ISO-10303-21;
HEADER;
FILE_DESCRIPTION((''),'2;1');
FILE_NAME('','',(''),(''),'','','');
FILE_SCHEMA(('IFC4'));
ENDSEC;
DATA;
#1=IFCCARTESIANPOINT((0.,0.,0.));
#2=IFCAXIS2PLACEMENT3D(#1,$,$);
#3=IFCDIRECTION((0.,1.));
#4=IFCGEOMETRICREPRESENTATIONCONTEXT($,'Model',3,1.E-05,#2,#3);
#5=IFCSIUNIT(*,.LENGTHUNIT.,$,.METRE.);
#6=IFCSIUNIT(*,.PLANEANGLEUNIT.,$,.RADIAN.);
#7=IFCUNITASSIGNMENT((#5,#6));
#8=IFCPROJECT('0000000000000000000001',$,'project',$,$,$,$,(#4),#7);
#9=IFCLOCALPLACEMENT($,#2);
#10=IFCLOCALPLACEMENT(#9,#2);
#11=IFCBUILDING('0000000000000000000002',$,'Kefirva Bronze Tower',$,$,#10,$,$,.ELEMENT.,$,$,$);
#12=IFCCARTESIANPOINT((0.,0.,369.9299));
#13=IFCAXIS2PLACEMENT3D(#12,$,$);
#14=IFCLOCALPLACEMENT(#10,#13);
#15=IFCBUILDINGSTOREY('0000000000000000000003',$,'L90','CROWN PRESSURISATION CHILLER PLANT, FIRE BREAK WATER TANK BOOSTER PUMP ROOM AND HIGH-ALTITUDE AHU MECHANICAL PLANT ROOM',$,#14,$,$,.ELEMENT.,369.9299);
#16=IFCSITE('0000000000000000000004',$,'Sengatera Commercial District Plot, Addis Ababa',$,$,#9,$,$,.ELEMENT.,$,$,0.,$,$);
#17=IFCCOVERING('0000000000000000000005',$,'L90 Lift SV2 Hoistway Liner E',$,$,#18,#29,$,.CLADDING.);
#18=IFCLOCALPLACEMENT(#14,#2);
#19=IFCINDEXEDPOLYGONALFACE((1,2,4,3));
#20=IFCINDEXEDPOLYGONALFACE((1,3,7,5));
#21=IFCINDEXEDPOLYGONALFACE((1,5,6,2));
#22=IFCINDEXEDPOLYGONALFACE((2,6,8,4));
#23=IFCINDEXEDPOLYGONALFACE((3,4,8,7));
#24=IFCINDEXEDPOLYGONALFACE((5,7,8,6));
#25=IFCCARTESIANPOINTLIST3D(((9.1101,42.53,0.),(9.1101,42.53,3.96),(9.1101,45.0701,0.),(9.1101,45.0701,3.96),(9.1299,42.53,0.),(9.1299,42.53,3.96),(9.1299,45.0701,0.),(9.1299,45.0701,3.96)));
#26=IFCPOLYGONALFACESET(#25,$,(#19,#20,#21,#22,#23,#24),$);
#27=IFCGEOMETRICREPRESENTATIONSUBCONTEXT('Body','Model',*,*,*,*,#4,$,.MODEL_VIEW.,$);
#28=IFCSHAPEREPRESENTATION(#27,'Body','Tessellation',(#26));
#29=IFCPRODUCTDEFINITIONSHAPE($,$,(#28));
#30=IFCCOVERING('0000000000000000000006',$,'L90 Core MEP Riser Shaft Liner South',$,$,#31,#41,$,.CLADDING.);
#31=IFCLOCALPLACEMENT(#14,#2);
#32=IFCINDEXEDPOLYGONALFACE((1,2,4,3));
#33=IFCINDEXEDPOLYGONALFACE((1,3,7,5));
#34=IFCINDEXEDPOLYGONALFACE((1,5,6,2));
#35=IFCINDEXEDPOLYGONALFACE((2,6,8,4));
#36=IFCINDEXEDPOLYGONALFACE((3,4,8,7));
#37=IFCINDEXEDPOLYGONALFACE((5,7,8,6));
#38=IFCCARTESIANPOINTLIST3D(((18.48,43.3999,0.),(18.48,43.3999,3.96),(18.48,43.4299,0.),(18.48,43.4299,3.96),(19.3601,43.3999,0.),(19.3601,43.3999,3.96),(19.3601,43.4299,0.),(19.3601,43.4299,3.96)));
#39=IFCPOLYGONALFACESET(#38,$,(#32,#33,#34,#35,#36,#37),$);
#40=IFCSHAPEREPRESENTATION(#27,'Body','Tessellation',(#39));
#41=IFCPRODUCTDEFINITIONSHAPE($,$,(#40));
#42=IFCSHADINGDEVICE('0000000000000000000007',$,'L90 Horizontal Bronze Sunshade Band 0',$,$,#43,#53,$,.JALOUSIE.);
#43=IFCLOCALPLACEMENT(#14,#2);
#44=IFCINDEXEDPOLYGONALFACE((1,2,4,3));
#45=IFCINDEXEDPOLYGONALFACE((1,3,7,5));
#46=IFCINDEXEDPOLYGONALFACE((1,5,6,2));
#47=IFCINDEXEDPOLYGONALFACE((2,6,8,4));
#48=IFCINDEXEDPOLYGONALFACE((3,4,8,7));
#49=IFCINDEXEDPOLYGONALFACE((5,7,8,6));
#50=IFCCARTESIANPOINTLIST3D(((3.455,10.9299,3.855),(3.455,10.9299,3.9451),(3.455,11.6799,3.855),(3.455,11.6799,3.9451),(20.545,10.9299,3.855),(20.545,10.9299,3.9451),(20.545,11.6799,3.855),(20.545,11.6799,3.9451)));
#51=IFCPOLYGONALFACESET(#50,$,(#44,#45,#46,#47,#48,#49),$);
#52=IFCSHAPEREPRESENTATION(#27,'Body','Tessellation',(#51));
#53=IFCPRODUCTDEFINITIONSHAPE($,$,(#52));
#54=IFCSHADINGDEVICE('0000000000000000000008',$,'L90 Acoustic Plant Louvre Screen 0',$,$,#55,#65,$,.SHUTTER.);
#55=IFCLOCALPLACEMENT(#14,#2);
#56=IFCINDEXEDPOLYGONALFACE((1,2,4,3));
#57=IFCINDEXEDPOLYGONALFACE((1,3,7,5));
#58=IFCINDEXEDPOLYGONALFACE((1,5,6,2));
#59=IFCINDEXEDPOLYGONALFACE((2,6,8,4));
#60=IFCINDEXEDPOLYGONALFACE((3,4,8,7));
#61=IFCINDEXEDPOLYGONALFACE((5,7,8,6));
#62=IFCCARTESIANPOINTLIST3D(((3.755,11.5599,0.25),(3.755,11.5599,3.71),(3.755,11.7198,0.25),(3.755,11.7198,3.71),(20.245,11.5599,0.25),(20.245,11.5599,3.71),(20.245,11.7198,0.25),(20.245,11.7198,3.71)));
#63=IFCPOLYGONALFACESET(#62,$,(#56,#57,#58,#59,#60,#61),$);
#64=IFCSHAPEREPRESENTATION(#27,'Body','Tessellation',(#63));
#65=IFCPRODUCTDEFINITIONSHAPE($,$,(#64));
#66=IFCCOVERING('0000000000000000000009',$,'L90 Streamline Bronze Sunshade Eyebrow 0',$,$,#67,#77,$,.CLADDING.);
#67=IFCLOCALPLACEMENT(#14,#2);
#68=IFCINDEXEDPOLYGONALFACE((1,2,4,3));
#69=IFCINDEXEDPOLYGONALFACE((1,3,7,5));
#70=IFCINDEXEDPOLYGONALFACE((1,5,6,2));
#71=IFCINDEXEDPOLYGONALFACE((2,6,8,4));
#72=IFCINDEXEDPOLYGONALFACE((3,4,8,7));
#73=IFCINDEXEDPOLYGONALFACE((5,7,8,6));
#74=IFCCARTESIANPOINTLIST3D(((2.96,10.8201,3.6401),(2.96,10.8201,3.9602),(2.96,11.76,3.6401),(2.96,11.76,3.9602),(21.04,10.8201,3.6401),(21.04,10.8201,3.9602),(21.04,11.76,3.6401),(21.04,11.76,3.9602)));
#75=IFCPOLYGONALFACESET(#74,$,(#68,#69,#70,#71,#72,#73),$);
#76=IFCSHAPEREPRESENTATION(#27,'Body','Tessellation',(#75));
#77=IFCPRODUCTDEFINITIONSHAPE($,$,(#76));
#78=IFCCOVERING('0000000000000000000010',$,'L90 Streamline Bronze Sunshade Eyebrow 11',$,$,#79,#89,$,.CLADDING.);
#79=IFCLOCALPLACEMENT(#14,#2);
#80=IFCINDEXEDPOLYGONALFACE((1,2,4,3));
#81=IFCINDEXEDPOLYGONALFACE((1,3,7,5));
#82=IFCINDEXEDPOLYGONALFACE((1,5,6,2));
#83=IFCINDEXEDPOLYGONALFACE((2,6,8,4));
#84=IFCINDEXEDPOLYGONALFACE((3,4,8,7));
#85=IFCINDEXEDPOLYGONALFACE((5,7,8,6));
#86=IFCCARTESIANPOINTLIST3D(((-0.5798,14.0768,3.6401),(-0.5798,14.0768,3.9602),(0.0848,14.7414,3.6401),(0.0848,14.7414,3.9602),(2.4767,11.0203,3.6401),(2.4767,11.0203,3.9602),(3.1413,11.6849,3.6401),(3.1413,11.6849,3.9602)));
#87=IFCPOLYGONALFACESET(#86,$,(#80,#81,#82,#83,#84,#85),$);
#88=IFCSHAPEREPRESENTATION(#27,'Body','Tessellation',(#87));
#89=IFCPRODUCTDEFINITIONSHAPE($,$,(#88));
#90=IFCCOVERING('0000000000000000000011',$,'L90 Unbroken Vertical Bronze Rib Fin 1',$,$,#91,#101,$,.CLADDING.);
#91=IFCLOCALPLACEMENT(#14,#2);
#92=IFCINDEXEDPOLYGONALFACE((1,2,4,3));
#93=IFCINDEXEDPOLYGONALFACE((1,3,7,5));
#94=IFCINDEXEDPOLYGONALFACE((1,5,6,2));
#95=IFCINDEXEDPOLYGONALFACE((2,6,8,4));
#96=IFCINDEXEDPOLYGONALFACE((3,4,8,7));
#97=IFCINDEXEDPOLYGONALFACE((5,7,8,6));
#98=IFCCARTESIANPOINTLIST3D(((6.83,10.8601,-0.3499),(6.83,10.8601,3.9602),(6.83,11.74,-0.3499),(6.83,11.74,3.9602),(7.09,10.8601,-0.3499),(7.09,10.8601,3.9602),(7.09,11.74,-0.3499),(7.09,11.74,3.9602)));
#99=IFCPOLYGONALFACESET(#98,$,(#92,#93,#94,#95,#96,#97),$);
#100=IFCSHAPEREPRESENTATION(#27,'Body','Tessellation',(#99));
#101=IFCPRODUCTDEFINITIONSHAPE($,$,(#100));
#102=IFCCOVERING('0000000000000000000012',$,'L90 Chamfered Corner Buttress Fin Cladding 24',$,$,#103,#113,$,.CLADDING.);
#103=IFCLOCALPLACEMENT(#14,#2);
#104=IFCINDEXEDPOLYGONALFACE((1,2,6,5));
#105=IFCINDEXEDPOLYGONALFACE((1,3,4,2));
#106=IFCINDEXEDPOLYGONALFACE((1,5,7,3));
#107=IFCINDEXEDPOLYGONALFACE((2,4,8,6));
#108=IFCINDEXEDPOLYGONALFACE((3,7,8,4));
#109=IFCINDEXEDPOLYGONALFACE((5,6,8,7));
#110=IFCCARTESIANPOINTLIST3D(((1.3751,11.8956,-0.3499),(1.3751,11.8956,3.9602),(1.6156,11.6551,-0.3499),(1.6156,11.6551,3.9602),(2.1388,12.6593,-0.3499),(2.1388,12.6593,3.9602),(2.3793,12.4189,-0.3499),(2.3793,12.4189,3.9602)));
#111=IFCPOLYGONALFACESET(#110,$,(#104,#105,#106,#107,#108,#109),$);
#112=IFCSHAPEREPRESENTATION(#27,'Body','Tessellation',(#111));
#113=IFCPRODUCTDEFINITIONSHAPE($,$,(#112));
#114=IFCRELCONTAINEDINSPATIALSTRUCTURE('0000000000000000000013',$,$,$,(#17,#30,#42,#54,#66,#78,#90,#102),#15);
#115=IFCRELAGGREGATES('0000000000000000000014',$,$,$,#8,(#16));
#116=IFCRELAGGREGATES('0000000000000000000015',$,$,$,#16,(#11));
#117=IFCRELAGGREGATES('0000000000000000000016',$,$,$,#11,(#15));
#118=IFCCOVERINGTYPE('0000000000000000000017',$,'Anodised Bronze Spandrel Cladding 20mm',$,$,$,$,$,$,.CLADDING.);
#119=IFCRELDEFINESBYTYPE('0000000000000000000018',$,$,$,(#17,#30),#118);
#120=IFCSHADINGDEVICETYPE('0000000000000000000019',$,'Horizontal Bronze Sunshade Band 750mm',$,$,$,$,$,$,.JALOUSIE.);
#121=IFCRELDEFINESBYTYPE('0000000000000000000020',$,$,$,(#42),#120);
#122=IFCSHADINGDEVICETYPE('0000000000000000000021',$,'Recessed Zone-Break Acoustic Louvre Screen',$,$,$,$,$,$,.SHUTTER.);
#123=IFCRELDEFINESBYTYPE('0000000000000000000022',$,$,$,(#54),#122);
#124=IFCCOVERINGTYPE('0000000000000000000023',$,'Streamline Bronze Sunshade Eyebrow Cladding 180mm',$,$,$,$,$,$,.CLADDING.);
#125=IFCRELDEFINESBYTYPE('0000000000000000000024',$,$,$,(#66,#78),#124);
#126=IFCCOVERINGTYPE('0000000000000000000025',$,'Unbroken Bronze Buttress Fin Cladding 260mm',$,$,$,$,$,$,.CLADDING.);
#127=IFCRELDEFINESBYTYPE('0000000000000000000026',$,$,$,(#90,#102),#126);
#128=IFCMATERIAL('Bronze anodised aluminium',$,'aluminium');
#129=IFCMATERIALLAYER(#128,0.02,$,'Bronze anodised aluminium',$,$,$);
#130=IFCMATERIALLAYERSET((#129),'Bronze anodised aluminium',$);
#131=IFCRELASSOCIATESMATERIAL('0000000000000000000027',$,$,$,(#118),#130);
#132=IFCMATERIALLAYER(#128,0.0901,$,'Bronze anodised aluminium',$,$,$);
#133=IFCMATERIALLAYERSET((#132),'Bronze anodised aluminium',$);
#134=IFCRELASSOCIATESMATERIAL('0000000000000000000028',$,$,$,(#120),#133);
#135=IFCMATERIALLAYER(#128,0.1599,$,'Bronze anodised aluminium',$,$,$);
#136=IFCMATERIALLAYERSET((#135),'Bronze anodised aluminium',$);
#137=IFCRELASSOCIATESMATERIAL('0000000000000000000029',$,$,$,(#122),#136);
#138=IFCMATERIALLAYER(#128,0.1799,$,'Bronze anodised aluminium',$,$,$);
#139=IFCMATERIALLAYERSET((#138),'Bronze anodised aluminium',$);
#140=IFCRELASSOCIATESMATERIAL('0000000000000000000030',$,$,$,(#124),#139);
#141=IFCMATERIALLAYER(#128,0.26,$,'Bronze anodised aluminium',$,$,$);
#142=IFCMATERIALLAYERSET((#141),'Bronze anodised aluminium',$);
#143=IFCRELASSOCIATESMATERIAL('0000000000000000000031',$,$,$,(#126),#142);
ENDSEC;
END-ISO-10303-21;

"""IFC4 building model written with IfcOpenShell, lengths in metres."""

from ifc_helpers import new_model, si_unit, direction, frame, origin, origin_2d, place, context, subcontext, project, spatial, polyline, rectangle, outline, extrude, material, layer, layer_set, type_object, element, save


model = new_model("IFC4")

# Units and contexts
model_context = context("Model", 3, precision=1e-05, world=origin(), true_north=direction((0.0, 1.0)))
body_context = subcontext(model_context, "Body", "Model", "MODEL_VIEW")
ifc_project = project(units=[si_unit("LENGTHUNIT", "METRE"), si_unit("PLANEANGLEUNIT", "RADIAN")], contexts=[model_context])

# Site, building, storey
site_placement = place(None, origin())
site = spatial("IfcSite", under=ifc_project, at=site_placement, Name="Sengatera Commercial District Plot, Addis Ababa", CompositionType="ELEMENT", RefElevation=0.0)
building_placement = place(site_placement, origin())
building = spatial("IfcBuilding", under=site, at=building_placement, Name="Kefirva Bronze Tower", CompositionType="ELEMENT")
storey_placement = place(building_placement, frame((0.0, 0.0, 369.9299)))
storey = spatial("IfcBuildingStorey", under=building, at=storey_placement, Name="L90", Description="CROWN PRESSURISATION CHILLER PLANT, FIRE BREAK WATER TANK BOOSTER PUMP ROOM AND HIGH-ALTITUDE AHU MECHANICAL PLANT ROOM", CompositionType="ELEMENT", Elevation=369.9299)

# Shared definitions
ifc_material_1 = material(Name="Bronze anodised aluminium", Category="aluminium")

# Coverings
ifc_layer_1 = layer(ifc_material_1, 0.02, Name="Bronze anodised aluminium")
ifc_layer_set_1 = layer_set([ifc_layer_1], Name="Bronze anodised aluminium")
covering_type_1 = type_object("IfcCoveringType", Name="Anodised Bronze Spandrel Cladding 20mm", PredefinedType="CLADDING", material=ifc_layer_set_1)
covering_1_placement = place(storey_placement, origin())
element("IfcCovering", 1, at=covering_1_placement, inside=storey, type_object=covering_type_1, Name="L90 Lift SV2 Hoistway Liner E", PredefinedType="CLADDING", context=body_context, shape_type="SweptSolid", body=[
    extrude(outline(polyline([(9.1101, 42.53), (9.1299, 42.53), (9.1299, 45.0701), (9.1101, 45.0701), (9.1101, 42.53)])), origin(), (0.0, 0.0, 1.0), 3.96),
])
covering_2_placement = place(storey_placement, origin())
element("IfcCovering", 2, at=covering_2_placement, inside=storey, type_object=covering_type_1, Name="L90 Core MEP Riser Shaft Liner South", PredefinedType="CLADDING", context=body_context, shape_type="SweptSolid", body=[
    extrude(outline(polyline([(18.48, 43.3999), (19.3601, 43.3999), (19.3601, 43.4299), (18.48, 43.4299), (18.48, 43.3999)])), origin(), (0.0, 0.0, 1.0), 3.96),
])

# Shading devices
ifc_layer_2 = layer(ifc_material_1, 0.0901, Name="Bronze anodised aluminium")
ifc_layer_set_2 = layer_set([ifc_layer_2], Name="Bronze anodised aluminium")
shading_device_type_1 = type_object("IfcShadingDeviceType", Name="Horizontal Bronze Sunshade Band 750mm", PredefinedType="JALOUSIE", material=ifc_layer_set_2)
shading_device_1_placement = place(storey_placement, frame((12.0, 11.3049, 3.855), z_axis=(0.0, 0.0, 1.0), x_axis=(1.0, 0.0, 0.0)))
element("IfcShadingDevice", 3, at=shading_device_1_placement, inside=storey, type_object=shading_device_type_1, Name="L90 Horizontal Bronze Sunshade Band 0", PredefinedType="JALOUSIE", context=body_context, shape_type="SweptSolid", body=[
    extrude(rectangle(XDim=17.0901, YDim=0.75, at=origin_2d()), origin(), (0.0, 0.0, 1.0), 0.0901),
])
ifc_layer_3 = layer(ifc_material_1, 0.1599, Name="Bronze anodised aluminium")
ifc_layer_set_3 = layer_set([ifc_layer_3], Name="Bronze anodised aluminium")
shading_device_type_2 = type_object("IfcShadingDeviceType", Name="Recessed Zone-Break Acoustic Louvre Screen", PredefinedType="SHUTTER", material=ifc_layer_set_3)
shading_device_2_placement = place(storey_placement, frame((12.0, 11.6399, 0.25), z_axis=(0.0, 0.0, 1.0), x_axis=(1.0, 0.0, 0.0)))
element("IfcShadingDevice", 4, at=shading_device_2_placement, inside=storey, type_object=shading_device_type_2, Name="L90 Acoustic Plant Louvre Screen 0", PredefinedType="SHUTTER", context=body_context, shape_type="SweptSolid", body=[
    extrude(rectangle(XDim=16.49, YDim=0.1599, at=origin_2d()), origin(), (0.0, 0.0, 1.0), 3.46),
])

# Coverings
ifc_layer_4 = layer(ifc_material_1, 0.1799, Name="Bronze anodised aluminium")
ifc_layer_set_4 = layer_set([ifc_layer_4], Name="Bronze anodised aluminium")
covering_type_2 = type_object("IfcCoveringType", Name="Streamline Bronze Sunshade Eyebrow Cladding 180mm", PredefinedType="CLADDING", material=ifc_layer_set_4)
covering_3_placement = place(storey_placement, frame((12.0, 11.29, 3.6401), z_axis=(0.0, 0.0, 1.0), x_axis=(1.0, 0.0, 0.0)))
element("IfcCovering", 5, at=covering_3_placement, inside=storey, type_object=covering_type_2, Name="L90 Streamline Bronze Sunshade Eyebrow 0", PredefinedType="CLADDING", context=body_context, shape_type="SweptSolid", body=[
    extrude(rectangle(XDim=18.0801, YDim=0.9399, at=origin_2d()), origin(), (0.0, 0.0, 1.0), 0.3201),
])
covering_4_placement = place(storey_placement, frame((1.2808, 12.8809, 3.6401), z_axis=(0.0, 0.0, 1.0), x_axis=(0.707107, -0.707107, 0.0)))
element("IfcCovering", 6, at=covering_4_placement, inside=storey, type_object=covering_type_2, Name="L90 Streamline Bronze Sunshade Eyebrow 11", PredefinedType="CLADDING", context=body_context, shape_type="SweptSolid", body=[
    extrude(rectangle(XDim=4.3225, YDim=0.9399, at=origin_2d()), origin(), (0.0, 0.0, 1.0), 0.3201),
])
ifc_layer_5 = layer(ifc_material_1, 0.26, Name="Bronze anodised aluminium")
ifc_layer_set_5 = layer_set([ifc_layer_5], Name="Bronze anodised aluminium")
covering_type_3 = type_object("IfcCoveringType", Name="Unbroken Bronze Buttress Fin Cladding 260mm", PredefinedType="CLADDING", material=ifc_layer_set_5)
covering_5_placement = place(storey_placement, frame((6.96, 11.3, -0.3499), z_axis=(0.0, 0.0, 1.0), x_axis=(1.0, 0.0, 0.0)))
element("IfcCovering", 7, at=covering_5_placement, inside=storey, type_object=covering_type_3, Name="L90 Unbroken Vertical Bronze Rib Fin 1", PredefinedType="CLADDING", context=body_context, shape_type="SweptSolid", body=[
    extrude(rectangle(XDim=0.26, YDim=0.8799, at=origin_2d()), origin(), (0.0, 0.0, 1.0), 4.3101),
])
covering_6_placement = place(storey_placement, frame((1.8772, 12.1572, -0.3499), z_axis=(0.0, 0.0, 1.0), x_axis=(0.707107, -0.707107, 0.0)))
element("IfcCovering", 8, at=covering_6_placement, inside=storey, type_object=covering_type_3, Name="L90 Chamfered Corner Buttress Fin Cladding 24", PredefinedType="CLADDING", context=body_context, shape_type="SweptSolid", body=[
    extrude(rectangle(XDim=0.3401, YDim=1.0801, at=origin_2d()), origin(), (0.0, 0.0, 1.0), 4.3101),
])

save(model, "model.ifc")
